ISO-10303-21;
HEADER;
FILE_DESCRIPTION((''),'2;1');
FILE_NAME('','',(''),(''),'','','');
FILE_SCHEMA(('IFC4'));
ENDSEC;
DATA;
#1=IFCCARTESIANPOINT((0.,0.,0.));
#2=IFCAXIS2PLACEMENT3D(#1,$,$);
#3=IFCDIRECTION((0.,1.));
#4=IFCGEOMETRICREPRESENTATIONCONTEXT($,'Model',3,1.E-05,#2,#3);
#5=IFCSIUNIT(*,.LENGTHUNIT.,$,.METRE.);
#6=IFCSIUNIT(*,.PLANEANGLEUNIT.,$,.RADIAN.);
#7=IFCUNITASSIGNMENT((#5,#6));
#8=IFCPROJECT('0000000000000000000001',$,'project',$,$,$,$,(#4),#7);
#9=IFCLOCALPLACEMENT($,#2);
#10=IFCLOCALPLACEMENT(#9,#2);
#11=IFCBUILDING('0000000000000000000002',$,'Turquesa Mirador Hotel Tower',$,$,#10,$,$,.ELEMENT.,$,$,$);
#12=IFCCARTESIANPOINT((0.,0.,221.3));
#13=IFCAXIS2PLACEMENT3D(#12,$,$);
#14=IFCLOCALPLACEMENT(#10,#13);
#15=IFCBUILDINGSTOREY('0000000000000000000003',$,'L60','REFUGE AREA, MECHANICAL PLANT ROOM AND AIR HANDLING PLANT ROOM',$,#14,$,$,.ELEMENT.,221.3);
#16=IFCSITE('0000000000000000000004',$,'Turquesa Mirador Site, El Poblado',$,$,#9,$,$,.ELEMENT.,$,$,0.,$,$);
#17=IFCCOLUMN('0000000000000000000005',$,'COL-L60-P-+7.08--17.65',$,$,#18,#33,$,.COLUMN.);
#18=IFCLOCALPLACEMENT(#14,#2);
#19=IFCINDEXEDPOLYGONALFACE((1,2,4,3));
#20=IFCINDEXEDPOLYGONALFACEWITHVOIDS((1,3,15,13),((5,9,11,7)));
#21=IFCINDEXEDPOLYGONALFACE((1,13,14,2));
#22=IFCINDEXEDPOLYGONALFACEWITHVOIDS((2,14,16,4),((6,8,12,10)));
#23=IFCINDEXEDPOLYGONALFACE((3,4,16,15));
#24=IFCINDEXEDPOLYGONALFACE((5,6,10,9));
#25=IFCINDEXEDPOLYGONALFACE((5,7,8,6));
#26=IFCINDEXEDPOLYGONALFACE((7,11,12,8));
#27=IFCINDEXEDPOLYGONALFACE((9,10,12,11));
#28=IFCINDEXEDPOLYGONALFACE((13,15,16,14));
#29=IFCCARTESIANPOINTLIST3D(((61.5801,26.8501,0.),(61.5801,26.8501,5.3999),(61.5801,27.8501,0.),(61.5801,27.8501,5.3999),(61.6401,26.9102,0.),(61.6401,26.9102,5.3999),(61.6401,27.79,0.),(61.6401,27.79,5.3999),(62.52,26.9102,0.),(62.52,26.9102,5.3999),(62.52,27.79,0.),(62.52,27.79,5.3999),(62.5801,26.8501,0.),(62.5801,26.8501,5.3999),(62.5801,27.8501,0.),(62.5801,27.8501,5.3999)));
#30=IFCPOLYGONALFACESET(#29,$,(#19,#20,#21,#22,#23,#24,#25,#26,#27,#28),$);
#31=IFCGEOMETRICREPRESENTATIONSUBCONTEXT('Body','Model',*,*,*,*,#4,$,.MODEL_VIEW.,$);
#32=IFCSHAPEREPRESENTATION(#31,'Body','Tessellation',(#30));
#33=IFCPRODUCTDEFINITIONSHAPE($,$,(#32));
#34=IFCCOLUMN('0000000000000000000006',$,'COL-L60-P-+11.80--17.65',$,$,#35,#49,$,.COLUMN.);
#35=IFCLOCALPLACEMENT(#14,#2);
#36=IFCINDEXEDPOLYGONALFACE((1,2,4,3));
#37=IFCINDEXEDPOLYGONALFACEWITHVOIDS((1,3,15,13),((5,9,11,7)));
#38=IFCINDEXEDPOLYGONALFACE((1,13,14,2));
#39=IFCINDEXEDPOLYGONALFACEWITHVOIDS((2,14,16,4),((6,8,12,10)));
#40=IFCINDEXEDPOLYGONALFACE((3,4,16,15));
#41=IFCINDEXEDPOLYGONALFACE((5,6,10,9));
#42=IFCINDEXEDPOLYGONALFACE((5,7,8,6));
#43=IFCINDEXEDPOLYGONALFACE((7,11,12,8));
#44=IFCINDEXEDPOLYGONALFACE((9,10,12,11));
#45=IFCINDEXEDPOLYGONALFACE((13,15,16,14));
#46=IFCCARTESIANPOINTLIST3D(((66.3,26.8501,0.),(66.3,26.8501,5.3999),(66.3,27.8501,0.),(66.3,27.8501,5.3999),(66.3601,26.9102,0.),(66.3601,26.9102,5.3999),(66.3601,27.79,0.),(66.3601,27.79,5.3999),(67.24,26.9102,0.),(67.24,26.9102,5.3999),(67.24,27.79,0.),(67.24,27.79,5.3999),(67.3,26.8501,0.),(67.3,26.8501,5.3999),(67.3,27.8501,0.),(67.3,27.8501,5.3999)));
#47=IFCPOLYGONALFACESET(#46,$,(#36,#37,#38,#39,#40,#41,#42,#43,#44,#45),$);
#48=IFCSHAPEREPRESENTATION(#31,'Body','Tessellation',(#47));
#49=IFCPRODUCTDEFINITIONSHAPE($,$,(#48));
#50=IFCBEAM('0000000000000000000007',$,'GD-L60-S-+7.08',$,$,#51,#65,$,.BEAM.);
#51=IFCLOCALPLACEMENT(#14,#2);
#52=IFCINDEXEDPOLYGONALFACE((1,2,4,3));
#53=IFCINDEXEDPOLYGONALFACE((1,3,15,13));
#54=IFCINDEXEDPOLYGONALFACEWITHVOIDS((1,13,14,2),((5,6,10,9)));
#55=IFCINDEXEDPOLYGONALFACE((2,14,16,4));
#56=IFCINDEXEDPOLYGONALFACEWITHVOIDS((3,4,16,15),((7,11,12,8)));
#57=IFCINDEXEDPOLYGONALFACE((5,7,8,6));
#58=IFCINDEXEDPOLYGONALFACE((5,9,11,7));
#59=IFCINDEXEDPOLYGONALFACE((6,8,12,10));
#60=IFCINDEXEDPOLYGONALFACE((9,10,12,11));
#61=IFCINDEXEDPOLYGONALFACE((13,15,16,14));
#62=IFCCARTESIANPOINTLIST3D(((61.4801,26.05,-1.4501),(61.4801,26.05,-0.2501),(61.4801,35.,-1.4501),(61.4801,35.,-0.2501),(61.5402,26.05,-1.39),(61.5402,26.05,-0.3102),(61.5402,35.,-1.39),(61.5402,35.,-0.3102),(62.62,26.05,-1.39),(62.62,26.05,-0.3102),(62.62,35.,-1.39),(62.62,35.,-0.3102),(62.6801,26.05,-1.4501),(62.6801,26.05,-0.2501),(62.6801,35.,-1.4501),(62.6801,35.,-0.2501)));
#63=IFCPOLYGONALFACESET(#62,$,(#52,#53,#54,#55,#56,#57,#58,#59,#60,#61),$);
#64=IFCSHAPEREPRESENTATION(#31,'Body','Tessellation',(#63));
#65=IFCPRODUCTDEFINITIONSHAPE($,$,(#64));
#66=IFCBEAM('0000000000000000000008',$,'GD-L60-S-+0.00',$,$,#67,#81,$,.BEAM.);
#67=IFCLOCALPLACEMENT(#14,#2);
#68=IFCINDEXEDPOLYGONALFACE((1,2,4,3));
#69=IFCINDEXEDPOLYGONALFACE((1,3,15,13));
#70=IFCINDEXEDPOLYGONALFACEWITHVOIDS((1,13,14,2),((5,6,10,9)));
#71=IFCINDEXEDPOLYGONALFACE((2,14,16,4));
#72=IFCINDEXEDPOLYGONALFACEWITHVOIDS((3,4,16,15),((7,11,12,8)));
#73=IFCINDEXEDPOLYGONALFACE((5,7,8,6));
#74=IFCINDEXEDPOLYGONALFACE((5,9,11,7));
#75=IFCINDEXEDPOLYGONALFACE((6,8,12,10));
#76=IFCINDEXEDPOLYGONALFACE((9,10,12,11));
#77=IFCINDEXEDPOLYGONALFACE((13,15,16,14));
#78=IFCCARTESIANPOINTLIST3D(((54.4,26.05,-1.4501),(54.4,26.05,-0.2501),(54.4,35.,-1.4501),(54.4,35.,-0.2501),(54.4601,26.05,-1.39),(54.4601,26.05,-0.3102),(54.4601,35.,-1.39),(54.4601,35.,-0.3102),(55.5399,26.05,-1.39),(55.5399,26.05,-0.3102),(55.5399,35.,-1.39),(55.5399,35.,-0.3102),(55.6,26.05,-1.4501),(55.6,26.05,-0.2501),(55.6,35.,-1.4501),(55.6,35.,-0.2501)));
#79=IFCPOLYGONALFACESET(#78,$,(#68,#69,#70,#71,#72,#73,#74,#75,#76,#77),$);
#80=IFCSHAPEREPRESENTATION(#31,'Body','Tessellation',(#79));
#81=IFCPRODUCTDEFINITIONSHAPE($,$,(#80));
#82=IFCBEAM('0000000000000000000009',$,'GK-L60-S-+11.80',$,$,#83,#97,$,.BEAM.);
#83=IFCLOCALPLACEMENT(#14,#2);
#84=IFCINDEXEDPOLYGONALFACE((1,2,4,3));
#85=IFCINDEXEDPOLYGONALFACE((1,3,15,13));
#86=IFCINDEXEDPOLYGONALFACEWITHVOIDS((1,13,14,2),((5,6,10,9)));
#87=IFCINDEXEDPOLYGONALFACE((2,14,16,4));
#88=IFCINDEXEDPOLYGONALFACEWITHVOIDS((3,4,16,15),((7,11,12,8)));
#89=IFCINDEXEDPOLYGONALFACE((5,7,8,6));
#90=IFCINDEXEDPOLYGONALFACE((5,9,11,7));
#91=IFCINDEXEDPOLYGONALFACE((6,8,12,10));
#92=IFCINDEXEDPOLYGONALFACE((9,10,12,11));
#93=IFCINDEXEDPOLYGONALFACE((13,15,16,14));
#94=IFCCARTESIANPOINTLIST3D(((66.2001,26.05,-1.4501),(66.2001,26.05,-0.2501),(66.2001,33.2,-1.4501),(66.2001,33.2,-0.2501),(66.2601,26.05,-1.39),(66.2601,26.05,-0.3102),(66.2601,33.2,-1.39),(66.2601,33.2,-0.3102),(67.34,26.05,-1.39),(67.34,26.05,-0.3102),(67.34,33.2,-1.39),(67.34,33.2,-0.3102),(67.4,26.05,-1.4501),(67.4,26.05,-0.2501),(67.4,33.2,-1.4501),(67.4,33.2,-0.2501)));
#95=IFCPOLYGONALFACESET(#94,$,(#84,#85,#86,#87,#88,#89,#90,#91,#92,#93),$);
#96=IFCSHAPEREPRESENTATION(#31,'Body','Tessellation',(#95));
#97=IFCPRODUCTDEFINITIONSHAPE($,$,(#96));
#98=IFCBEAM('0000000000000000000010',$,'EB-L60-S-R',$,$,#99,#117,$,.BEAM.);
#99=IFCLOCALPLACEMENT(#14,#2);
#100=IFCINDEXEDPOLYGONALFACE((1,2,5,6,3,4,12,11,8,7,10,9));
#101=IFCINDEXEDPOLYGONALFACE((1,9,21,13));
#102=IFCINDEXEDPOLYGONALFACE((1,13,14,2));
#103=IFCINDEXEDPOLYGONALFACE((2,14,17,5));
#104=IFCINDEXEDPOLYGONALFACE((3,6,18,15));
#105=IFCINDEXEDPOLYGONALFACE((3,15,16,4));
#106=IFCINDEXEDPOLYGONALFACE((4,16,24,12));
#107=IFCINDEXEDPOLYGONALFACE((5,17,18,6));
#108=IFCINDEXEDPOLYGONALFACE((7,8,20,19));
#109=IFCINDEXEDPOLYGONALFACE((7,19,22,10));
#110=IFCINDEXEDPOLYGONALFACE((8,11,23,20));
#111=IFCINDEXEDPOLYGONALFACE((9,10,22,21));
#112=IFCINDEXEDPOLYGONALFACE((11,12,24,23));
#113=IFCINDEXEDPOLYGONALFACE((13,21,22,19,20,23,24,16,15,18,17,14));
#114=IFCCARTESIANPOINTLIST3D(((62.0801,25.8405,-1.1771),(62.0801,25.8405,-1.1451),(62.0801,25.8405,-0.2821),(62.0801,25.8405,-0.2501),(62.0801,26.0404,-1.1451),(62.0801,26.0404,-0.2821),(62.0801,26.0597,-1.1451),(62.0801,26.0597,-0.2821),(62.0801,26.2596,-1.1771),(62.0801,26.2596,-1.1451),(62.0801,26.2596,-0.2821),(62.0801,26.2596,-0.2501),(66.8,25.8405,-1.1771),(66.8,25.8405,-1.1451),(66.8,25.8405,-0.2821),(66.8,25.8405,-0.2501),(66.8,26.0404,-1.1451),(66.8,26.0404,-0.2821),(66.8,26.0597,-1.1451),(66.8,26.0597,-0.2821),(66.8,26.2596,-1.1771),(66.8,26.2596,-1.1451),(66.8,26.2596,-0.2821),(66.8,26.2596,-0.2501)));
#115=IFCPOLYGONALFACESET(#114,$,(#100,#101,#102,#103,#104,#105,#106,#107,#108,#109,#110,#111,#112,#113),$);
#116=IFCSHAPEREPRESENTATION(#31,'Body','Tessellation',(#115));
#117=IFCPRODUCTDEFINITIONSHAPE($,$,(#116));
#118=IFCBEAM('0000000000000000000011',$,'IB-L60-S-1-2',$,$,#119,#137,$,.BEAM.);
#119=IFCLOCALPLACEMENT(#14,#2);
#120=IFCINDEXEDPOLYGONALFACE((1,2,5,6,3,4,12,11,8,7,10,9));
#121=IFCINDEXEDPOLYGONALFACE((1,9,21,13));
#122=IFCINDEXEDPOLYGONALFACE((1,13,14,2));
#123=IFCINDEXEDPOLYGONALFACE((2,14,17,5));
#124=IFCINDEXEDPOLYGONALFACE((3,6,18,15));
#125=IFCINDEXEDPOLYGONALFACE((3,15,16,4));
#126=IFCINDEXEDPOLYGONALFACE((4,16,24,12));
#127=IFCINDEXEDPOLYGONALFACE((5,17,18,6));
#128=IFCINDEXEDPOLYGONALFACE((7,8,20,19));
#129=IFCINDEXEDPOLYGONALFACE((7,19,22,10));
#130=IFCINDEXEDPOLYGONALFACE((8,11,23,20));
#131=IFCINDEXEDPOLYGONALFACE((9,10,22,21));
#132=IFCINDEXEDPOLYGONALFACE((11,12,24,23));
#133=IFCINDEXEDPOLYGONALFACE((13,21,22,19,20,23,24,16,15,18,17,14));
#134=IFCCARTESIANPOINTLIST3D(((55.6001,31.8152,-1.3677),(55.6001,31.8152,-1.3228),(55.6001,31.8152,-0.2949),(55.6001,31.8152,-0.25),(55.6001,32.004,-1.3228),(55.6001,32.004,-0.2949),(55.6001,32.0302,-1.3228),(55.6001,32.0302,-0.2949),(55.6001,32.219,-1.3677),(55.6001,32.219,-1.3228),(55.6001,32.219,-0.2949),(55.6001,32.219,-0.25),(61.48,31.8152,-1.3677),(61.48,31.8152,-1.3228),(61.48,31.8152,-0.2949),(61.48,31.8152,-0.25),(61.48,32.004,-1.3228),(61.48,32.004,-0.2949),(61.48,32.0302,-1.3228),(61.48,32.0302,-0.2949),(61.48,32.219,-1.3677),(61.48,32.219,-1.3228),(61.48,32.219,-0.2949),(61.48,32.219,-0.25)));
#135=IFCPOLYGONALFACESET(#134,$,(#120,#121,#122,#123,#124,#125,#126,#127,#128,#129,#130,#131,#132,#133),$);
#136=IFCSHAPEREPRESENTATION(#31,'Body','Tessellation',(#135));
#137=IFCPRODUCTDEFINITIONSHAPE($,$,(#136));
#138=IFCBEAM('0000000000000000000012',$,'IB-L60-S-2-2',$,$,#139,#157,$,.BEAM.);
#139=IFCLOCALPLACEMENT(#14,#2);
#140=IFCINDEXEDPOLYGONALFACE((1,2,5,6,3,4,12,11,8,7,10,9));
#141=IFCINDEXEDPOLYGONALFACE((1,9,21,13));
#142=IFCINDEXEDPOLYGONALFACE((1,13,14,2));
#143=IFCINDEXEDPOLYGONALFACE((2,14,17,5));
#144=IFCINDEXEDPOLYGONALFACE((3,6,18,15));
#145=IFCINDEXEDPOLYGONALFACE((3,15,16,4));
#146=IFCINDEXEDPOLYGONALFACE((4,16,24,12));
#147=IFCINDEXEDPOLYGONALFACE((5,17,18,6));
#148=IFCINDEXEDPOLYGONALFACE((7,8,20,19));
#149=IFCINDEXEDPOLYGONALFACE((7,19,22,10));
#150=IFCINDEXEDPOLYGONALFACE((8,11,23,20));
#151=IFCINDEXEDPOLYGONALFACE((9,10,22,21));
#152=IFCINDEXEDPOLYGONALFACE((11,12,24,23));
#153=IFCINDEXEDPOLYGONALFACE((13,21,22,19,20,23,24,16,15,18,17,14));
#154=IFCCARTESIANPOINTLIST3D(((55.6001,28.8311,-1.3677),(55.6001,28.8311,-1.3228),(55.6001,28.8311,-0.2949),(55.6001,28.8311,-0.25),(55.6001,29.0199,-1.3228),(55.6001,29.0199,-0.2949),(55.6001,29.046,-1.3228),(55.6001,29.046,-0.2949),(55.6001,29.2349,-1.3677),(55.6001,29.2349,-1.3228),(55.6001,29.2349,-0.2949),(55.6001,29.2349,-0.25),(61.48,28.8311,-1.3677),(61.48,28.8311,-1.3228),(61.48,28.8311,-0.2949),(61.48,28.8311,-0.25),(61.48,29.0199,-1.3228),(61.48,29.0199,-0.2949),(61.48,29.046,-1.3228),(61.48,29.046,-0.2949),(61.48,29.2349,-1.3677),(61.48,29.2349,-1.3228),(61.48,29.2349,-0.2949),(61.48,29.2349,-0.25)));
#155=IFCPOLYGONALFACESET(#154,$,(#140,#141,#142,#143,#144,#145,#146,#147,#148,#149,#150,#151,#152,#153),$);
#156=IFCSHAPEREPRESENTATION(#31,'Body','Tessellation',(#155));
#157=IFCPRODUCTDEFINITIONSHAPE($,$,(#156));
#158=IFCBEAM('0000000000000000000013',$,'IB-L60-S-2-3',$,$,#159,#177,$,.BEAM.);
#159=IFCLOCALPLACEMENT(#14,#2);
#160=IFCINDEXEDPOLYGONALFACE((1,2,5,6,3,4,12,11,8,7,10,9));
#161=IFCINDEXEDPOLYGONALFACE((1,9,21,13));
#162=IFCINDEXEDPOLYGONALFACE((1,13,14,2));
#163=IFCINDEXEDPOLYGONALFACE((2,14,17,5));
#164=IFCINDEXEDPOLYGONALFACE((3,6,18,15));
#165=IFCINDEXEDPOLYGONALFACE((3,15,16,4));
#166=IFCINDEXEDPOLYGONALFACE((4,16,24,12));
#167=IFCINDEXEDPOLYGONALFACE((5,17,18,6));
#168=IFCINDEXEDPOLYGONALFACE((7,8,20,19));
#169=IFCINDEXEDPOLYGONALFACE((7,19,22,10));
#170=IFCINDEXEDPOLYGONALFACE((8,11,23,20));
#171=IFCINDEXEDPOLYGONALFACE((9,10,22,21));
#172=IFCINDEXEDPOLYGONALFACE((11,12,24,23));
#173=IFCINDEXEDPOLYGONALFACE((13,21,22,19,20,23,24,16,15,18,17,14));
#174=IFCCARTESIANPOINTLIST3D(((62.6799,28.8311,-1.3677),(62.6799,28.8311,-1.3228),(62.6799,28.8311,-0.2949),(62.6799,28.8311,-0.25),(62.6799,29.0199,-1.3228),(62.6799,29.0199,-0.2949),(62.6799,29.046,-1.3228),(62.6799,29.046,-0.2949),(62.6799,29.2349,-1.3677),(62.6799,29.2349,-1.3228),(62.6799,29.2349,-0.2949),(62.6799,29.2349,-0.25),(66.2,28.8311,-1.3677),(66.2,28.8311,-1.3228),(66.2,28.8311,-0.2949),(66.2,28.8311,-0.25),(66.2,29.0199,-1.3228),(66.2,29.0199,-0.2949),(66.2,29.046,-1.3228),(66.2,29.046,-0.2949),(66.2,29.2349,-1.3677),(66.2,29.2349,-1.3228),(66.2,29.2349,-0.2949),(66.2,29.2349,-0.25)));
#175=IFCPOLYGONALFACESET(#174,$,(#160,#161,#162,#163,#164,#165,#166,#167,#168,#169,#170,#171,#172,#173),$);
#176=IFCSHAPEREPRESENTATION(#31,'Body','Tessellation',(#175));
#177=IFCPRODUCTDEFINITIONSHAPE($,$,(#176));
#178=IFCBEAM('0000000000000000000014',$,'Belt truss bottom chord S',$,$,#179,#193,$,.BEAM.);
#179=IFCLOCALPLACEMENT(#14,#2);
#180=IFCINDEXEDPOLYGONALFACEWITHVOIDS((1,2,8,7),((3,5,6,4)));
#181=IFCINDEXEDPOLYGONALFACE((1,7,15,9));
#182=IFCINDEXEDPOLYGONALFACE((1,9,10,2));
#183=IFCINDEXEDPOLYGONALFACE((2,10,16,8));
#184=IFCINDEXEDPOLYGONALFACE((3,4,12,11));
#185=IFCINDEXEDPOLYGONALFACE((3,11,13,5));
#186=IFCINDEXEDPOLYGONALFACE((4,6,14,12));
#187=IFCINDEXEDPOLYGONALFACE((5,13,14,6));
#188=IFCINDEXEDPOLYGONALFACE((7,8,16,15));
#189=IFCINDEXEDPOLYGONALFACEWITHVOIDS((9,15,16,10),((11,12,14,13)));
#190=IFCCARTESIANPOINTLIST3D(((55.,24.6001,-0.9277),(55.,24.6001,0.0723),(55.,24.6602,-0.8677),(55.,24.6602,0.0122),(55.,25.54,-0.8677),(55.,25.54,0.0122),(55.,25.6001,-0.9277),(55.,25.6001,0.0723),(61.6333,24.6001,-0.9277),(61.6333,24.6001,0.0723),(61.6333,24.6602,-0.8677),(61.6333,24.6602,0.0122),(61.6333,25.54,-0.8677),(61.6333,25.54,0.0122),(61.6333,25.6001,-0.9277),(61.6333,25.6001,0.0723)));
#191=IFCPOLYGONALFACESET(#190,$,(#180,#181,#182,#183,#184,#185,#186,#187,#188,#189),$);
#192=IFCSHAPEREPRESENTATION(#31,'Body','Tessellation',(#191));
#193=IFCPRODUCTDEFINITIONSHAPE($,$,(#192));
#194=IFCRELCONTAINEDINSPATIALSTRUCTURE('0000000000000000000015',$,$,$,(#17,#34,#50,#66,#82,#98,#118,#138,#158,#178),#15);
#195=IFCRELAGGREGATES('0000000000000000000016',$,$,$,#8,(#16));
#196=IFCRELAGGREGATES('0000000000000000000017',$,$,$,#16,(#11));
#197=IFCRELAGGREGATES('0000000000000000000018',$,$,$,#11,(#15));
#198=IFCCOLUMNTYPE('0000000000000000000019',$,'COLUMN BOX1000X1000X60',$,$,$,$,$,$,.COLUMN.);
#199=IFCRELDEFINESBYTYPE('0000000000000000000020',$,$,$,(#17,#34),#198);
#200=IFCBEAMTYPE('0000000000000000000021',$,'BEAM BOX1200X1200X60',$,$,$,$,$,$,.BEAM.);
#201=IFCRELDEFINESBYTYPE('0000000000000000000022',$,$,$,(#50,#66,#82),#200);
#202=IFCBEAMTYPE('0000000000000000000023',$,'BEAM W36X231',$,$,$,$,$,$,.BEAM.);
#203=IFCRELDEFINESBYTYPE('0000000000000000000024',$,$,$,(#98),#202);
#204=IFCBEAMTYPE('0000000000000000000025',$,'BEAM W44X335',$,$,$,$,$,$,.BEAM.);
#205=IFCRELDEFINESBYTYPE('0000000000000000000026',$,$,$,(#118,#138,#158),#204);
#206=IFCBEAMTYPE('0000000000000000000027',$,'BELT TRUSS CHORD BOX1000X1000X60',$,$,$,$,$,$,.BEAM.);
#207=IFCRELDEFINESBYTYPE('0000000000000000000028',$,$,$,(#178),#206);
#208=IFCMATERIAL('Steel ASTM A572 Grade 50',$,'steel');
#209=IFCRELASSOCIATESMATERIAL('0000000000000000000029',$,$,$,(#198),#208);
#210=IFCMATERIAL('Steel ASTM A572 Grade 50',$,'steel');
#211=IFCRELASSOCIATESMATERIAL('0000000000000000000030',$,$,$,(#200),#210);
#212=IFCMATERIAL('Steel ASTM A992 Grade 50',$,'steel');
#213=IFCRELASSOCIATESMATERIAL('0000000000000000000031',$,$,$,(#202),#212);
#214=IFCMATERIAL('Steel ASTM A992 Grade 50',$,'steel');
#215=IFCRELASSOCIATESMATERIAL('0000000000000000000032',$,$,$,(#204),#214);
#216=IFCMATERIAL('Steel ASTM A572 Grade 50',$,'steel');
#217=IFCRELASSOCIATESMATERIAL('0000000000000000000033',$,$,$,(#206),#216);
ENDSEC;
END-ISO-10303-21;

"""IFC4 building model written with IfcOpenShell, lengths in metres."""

from ifc_helpers import new_model, si_unit, direction, frame, origin, origin_2d, place, context, subcontext, project, spatial, hollow_rectangle, i_section, extrude, material, material_profile, profile_set, type_object, element, save


model = new_model("IFC4")

# Units and contexts
model_context = context("Model", 3, precision=1e-05, world=origin(), true_north=direction((0.0, 1.0)))
body_context = subcontext(model_context, "Body", "Model", "MODEL_VIEW")
ifc_project = project(units=[si_unit("LENGTHUNIT", "METRE"), si_unit("PLANEANGLEUNIT", "RADIAN")], contexts=[model_context])

# Site, building, storey
site_placement = place(None, origin())
site = spatial("IfcSite", under=ifc_project, at=site_placement, Name="Turquesa Mirador Site, El Poblado", CompositionType="ELEMENT", RefElevation=0.0)
building_placement = place(site_placement, origin())
building = spatial("IfcBuilding", under=site, at=building_placement, Name="Turquesa Mirador Hotel Tower", CompositionType="ELEMENT")
storey_placement = place(building_placement, frame((0.0, 0.0, 221.3)))
storey = spatial("IfcBuildingStorey", under=building, at=storey_placement, Name="L60", Description="REFUGE AREA, MECHANICAL PLANT ROOM AND AIR HANDLING PLANT ROOM", CompositionType="ELEMENT", Elevation=221.3)

# Columns
ifc_material_1 = material(Name="Steel ASTM A572 Grade 50", Category="steel")
ifc_material_profile_1 = material_profile(ifc_material_1, hollow_rectangle(XDim=1.0, YDim=1.0, WallThickness=0.0601, at=origin_2d()), Name="BOX1000X1000X60")
ifc_profile_set_1 = profile_set([ifc_material_profile_1], Name="Steel ASTM A572 Grade 50")
column_type = type_object("IfcColumnType", Name="COLUMN BOX1000X1000X60", PredefinedType="COLUMN", material=ifc_profile_set_1)
for number, where, z_axis, x_axis, name in (
    (1, (62.0801, 27.3501, 0.0), (0.0, 0.0, 1.0), (1.0, 0.0, 0.0), "COL-L60-P-+7.08--17.65"),
    (2, (66.8, 27.3501, 0.0), (0.0, 0.0, 1.0), (1.0, 0.0, 0.0), "COL-L60-P-+11.80--17.65"),
):
    element("IfcColumn", number, at=place(storey_placement, frame(where, z_axis=z_axis, x_axis=x_axis)), inside=storey, type_object=column_type, Name=name, PredefinedType="COLUMN", context=body_context, shape_type="SweptSolid", body=[
        extrude(hollow_rectangle(XDim=1.0, YDim=1.0, WallThickness=0.0601, at=origin_2d()), origin(), (0.0, 0.0, 1.0), 5.3999),
    ])

# Beams
ifc_material_2 = material(Name="Steel ASTM A572 Grade 50", Category="steel")
ifc_material_profile_2 = material_profile(ifc_material_2, hollow_rectangle(XDim=1.2, YDim=1.2, WallThickness=0.0601, at=origin_2d()), Name="BOX1200X1200X60")
ifc_profile_set_2 = profile_set([ifc_material_profile_2], Name="Steel ASTM A572 Grade 50")
beam_type_1 = type_object("IfcBeamType", Name="BEAM BOX1200X1200X60", PredefinedType="BEAM", material=ifc_profile_set_2)
for number, where, z_axis, x_axis, name in (
    (3, (62.0801, 26.05, -0.8501), (0.0, 1.0, 0.0), (-1.0, 0.0, 0.0), "GD-L60-S-+7.08"),
    (4, (55.0, 26.05, -0.8501), (0.0, 1.0, 0.0), (-1.0, 0.0, 0.0), "GD-L60-S-+0.00"),
):
    element("IfcBeam", number, at=place(storey_placement, frame(where, z_axis=z_axis, x_axis=x_axis)), inside=storey, type_object=beam_type_1, Name=name, PredefinedType="BEAM", context=body_context, shape_type="SweptSolid", body=[
        extrude(hollow_rectangle(XDim=1.2, YDim=1.2, WallThickness=0.0601, at=origin_2d()), origin(), (0.0, 0.0, 1.0), 8.95),
    ])
beam_1_placement = place(storey_placement, frame((66.8, 26.05, -0.8501), z_axis=(0.0, 1.0, 0.0), x_axis=(-1.0, 0.0, 0.0)))
element("IfcBeam", 5, at=beam_1_placement, inside=storey, type_object=beam_type_1, Name="GK-L60-S-+11.80", PredefinedType="BEAM", context=body_context, shape_type="SweptSolid", body=[
    extrude(hollow_rectangle(XDim=1.2, YDim=1.2, WallThickness=0.0601, at=origin_2d()), origin(), (0.0, 0.0, 1.0), 7.1499),
])
ifc_material_3 = material(Name="Steel ASTM A992 Grade 50", Category="steel")
ifc_material_profile_3 = material_profile(ifc_material_3, i_section(OverallWidth=0.4192, OverallDepth=0.927, WebThickness=0.0193, FlangeThickness=0.032, at=origin_2d()), Name="W36X231")
ifc_profile_set_3 = profile_set([ifc_material_profile_3], Name="Steel ASTM A992 Grade 50")
beam_type_2 = type_object("IfcBeamType", Name="BEAM W36X231", PredefinedType="BEAM", material=ifc_profile_set_3)
beam_2_placement = place(storey_placement, frame((62.0801, 26.05, -0.7136), z_axis=(1.0, 0.0, 0.0), x_axis=(0.0, 1.0, 0.0)))
element("IfcBeam", 6, at=beam_2_placement, inside=storey, type_object=beam_type_2, Name="EB-L60-S-R", PredefinedType="BEAM", context=body_context, shape_type="SweptSolid", body=[
    extrude(i_section(OverallWidth=0.4192, OverallDepth=0.927, WebThickness=0.0193, FlangeThickness=0.032, at=origin_2d()), origin(), (0.0, 0.0, 1.0), 4.72),
])
ifc_material_4 = material(Name="Steel ASTM A992 Grade 50", Category="steel")
ifc_material_profile_4 = material_profile(ifc_material_4, i_section(OverallWidth=0.4038, OverallDepth=1.1177, WebThickness=0.0261, FlangeThickness=0.0449, at=origin_2d()), Name="W44X335")
ifc_profile_set_4 = profile_set([ifc_material_profile_4], Name="Steel ASTM A992 Grade 50")
beam_type_3 = type_object("IfcBeamType", Name="BEAM W44X335", PredefinedType="BEAM", material=ifc_profile_set_4)
for number, where, z_axis, x_axis, name in (
    (7, (55.6001, 32.0171, -0.8088), (1.0, 0.0, 0.0), (0.0, 1.0, 0.0), "IB-L60-S-1-2"),
    (8, (55.6001, 29.033, -0.8088), (1.0, 0.0, 0.0), (0.0, 1.0, 0.0), "IB-L60-S-2-2"),
):
    element("IfcBeam", number, at=place(storey_placement, frame(where, z_axis=z_axis, x_axis=x_axis)), inside=storey, type_object=beam_type_3, Name=name, PredefinedType="BEAM", context=body_context, shape_type="SweptSolid", body=[
        extrude(i_section(OverallWidth=0.4038, OverallDepth=1.1177, WebThickness=0.0261, FlangeThickness=0.0449, at=origin_2d()), origin(), (0.0, 0.0, 1.0), 5.8799),
    ])
beam_3_placement = place(storey_placement, frame((62.6799, 29.033, -0.8088), z_axis=(1.0, 0.0, 0.0), x_axis=(0.0, 1.0, 0.0)))
element("IfcBeam", 9, at=beam_3_placement, inside=storey, type_object=beam_type_3, Name="IB-L60-S-2-3", PredefinedType="BEAM", context=body_context, shape_type="SweptSolid", body=[
    extrude(i_section(OverallWidth=0.4038, OverallDepth=1.1177, WebThickness=0.0261, FlangeThickness=0.0449, at=origin_2d()), origin(), (0.0, 0.0, 1.0), 3.52),
])
ifc_material_5 = material(Name="Steel ASTM A572 Grade 50", Category="steel")
ifc_material_profile_5 = material_profile(ifc_material_5, hollow_rectangle(XDim=1.0, YDim=1.0, WallThickness=0.0601, at=origin_2d()), Name="BOX1000X1000X60")
ifc_profile_set_5 = profile_set([ifc_material_profile_5], Name="Steel ASTM A572 Grade 50")
beam_type_4 = type_object("IfcBeamType", Name="BELT TRUSS CHORD BOX1000X1000X60", PredefinedType="BEAM", material=ifc_profile_set_5)
beam_4_placement = place(storey_placement, frame((55.0, 25.1001, -0.4277), z_axis=(1.0, 0.0, 0.0), x_axis=(0.0, 1.0, 0.0)))
element("IfcBeam", 10, at=beam_4_placement, inside=storey, type_object=beam_type_4, Name="Belt truss bottom chord S", PredefinedType="BEAM", context=body_context, shape_type="SweptSolid", body=[
    extrude(hollow_rectangle(XDim=1.0, YDim=1.0, WallThickness=0.0601, at=origin_2d()), origin(), (0.0, 0.0, 1.0), 6.6333),
])

save(model, "model.ifc")
